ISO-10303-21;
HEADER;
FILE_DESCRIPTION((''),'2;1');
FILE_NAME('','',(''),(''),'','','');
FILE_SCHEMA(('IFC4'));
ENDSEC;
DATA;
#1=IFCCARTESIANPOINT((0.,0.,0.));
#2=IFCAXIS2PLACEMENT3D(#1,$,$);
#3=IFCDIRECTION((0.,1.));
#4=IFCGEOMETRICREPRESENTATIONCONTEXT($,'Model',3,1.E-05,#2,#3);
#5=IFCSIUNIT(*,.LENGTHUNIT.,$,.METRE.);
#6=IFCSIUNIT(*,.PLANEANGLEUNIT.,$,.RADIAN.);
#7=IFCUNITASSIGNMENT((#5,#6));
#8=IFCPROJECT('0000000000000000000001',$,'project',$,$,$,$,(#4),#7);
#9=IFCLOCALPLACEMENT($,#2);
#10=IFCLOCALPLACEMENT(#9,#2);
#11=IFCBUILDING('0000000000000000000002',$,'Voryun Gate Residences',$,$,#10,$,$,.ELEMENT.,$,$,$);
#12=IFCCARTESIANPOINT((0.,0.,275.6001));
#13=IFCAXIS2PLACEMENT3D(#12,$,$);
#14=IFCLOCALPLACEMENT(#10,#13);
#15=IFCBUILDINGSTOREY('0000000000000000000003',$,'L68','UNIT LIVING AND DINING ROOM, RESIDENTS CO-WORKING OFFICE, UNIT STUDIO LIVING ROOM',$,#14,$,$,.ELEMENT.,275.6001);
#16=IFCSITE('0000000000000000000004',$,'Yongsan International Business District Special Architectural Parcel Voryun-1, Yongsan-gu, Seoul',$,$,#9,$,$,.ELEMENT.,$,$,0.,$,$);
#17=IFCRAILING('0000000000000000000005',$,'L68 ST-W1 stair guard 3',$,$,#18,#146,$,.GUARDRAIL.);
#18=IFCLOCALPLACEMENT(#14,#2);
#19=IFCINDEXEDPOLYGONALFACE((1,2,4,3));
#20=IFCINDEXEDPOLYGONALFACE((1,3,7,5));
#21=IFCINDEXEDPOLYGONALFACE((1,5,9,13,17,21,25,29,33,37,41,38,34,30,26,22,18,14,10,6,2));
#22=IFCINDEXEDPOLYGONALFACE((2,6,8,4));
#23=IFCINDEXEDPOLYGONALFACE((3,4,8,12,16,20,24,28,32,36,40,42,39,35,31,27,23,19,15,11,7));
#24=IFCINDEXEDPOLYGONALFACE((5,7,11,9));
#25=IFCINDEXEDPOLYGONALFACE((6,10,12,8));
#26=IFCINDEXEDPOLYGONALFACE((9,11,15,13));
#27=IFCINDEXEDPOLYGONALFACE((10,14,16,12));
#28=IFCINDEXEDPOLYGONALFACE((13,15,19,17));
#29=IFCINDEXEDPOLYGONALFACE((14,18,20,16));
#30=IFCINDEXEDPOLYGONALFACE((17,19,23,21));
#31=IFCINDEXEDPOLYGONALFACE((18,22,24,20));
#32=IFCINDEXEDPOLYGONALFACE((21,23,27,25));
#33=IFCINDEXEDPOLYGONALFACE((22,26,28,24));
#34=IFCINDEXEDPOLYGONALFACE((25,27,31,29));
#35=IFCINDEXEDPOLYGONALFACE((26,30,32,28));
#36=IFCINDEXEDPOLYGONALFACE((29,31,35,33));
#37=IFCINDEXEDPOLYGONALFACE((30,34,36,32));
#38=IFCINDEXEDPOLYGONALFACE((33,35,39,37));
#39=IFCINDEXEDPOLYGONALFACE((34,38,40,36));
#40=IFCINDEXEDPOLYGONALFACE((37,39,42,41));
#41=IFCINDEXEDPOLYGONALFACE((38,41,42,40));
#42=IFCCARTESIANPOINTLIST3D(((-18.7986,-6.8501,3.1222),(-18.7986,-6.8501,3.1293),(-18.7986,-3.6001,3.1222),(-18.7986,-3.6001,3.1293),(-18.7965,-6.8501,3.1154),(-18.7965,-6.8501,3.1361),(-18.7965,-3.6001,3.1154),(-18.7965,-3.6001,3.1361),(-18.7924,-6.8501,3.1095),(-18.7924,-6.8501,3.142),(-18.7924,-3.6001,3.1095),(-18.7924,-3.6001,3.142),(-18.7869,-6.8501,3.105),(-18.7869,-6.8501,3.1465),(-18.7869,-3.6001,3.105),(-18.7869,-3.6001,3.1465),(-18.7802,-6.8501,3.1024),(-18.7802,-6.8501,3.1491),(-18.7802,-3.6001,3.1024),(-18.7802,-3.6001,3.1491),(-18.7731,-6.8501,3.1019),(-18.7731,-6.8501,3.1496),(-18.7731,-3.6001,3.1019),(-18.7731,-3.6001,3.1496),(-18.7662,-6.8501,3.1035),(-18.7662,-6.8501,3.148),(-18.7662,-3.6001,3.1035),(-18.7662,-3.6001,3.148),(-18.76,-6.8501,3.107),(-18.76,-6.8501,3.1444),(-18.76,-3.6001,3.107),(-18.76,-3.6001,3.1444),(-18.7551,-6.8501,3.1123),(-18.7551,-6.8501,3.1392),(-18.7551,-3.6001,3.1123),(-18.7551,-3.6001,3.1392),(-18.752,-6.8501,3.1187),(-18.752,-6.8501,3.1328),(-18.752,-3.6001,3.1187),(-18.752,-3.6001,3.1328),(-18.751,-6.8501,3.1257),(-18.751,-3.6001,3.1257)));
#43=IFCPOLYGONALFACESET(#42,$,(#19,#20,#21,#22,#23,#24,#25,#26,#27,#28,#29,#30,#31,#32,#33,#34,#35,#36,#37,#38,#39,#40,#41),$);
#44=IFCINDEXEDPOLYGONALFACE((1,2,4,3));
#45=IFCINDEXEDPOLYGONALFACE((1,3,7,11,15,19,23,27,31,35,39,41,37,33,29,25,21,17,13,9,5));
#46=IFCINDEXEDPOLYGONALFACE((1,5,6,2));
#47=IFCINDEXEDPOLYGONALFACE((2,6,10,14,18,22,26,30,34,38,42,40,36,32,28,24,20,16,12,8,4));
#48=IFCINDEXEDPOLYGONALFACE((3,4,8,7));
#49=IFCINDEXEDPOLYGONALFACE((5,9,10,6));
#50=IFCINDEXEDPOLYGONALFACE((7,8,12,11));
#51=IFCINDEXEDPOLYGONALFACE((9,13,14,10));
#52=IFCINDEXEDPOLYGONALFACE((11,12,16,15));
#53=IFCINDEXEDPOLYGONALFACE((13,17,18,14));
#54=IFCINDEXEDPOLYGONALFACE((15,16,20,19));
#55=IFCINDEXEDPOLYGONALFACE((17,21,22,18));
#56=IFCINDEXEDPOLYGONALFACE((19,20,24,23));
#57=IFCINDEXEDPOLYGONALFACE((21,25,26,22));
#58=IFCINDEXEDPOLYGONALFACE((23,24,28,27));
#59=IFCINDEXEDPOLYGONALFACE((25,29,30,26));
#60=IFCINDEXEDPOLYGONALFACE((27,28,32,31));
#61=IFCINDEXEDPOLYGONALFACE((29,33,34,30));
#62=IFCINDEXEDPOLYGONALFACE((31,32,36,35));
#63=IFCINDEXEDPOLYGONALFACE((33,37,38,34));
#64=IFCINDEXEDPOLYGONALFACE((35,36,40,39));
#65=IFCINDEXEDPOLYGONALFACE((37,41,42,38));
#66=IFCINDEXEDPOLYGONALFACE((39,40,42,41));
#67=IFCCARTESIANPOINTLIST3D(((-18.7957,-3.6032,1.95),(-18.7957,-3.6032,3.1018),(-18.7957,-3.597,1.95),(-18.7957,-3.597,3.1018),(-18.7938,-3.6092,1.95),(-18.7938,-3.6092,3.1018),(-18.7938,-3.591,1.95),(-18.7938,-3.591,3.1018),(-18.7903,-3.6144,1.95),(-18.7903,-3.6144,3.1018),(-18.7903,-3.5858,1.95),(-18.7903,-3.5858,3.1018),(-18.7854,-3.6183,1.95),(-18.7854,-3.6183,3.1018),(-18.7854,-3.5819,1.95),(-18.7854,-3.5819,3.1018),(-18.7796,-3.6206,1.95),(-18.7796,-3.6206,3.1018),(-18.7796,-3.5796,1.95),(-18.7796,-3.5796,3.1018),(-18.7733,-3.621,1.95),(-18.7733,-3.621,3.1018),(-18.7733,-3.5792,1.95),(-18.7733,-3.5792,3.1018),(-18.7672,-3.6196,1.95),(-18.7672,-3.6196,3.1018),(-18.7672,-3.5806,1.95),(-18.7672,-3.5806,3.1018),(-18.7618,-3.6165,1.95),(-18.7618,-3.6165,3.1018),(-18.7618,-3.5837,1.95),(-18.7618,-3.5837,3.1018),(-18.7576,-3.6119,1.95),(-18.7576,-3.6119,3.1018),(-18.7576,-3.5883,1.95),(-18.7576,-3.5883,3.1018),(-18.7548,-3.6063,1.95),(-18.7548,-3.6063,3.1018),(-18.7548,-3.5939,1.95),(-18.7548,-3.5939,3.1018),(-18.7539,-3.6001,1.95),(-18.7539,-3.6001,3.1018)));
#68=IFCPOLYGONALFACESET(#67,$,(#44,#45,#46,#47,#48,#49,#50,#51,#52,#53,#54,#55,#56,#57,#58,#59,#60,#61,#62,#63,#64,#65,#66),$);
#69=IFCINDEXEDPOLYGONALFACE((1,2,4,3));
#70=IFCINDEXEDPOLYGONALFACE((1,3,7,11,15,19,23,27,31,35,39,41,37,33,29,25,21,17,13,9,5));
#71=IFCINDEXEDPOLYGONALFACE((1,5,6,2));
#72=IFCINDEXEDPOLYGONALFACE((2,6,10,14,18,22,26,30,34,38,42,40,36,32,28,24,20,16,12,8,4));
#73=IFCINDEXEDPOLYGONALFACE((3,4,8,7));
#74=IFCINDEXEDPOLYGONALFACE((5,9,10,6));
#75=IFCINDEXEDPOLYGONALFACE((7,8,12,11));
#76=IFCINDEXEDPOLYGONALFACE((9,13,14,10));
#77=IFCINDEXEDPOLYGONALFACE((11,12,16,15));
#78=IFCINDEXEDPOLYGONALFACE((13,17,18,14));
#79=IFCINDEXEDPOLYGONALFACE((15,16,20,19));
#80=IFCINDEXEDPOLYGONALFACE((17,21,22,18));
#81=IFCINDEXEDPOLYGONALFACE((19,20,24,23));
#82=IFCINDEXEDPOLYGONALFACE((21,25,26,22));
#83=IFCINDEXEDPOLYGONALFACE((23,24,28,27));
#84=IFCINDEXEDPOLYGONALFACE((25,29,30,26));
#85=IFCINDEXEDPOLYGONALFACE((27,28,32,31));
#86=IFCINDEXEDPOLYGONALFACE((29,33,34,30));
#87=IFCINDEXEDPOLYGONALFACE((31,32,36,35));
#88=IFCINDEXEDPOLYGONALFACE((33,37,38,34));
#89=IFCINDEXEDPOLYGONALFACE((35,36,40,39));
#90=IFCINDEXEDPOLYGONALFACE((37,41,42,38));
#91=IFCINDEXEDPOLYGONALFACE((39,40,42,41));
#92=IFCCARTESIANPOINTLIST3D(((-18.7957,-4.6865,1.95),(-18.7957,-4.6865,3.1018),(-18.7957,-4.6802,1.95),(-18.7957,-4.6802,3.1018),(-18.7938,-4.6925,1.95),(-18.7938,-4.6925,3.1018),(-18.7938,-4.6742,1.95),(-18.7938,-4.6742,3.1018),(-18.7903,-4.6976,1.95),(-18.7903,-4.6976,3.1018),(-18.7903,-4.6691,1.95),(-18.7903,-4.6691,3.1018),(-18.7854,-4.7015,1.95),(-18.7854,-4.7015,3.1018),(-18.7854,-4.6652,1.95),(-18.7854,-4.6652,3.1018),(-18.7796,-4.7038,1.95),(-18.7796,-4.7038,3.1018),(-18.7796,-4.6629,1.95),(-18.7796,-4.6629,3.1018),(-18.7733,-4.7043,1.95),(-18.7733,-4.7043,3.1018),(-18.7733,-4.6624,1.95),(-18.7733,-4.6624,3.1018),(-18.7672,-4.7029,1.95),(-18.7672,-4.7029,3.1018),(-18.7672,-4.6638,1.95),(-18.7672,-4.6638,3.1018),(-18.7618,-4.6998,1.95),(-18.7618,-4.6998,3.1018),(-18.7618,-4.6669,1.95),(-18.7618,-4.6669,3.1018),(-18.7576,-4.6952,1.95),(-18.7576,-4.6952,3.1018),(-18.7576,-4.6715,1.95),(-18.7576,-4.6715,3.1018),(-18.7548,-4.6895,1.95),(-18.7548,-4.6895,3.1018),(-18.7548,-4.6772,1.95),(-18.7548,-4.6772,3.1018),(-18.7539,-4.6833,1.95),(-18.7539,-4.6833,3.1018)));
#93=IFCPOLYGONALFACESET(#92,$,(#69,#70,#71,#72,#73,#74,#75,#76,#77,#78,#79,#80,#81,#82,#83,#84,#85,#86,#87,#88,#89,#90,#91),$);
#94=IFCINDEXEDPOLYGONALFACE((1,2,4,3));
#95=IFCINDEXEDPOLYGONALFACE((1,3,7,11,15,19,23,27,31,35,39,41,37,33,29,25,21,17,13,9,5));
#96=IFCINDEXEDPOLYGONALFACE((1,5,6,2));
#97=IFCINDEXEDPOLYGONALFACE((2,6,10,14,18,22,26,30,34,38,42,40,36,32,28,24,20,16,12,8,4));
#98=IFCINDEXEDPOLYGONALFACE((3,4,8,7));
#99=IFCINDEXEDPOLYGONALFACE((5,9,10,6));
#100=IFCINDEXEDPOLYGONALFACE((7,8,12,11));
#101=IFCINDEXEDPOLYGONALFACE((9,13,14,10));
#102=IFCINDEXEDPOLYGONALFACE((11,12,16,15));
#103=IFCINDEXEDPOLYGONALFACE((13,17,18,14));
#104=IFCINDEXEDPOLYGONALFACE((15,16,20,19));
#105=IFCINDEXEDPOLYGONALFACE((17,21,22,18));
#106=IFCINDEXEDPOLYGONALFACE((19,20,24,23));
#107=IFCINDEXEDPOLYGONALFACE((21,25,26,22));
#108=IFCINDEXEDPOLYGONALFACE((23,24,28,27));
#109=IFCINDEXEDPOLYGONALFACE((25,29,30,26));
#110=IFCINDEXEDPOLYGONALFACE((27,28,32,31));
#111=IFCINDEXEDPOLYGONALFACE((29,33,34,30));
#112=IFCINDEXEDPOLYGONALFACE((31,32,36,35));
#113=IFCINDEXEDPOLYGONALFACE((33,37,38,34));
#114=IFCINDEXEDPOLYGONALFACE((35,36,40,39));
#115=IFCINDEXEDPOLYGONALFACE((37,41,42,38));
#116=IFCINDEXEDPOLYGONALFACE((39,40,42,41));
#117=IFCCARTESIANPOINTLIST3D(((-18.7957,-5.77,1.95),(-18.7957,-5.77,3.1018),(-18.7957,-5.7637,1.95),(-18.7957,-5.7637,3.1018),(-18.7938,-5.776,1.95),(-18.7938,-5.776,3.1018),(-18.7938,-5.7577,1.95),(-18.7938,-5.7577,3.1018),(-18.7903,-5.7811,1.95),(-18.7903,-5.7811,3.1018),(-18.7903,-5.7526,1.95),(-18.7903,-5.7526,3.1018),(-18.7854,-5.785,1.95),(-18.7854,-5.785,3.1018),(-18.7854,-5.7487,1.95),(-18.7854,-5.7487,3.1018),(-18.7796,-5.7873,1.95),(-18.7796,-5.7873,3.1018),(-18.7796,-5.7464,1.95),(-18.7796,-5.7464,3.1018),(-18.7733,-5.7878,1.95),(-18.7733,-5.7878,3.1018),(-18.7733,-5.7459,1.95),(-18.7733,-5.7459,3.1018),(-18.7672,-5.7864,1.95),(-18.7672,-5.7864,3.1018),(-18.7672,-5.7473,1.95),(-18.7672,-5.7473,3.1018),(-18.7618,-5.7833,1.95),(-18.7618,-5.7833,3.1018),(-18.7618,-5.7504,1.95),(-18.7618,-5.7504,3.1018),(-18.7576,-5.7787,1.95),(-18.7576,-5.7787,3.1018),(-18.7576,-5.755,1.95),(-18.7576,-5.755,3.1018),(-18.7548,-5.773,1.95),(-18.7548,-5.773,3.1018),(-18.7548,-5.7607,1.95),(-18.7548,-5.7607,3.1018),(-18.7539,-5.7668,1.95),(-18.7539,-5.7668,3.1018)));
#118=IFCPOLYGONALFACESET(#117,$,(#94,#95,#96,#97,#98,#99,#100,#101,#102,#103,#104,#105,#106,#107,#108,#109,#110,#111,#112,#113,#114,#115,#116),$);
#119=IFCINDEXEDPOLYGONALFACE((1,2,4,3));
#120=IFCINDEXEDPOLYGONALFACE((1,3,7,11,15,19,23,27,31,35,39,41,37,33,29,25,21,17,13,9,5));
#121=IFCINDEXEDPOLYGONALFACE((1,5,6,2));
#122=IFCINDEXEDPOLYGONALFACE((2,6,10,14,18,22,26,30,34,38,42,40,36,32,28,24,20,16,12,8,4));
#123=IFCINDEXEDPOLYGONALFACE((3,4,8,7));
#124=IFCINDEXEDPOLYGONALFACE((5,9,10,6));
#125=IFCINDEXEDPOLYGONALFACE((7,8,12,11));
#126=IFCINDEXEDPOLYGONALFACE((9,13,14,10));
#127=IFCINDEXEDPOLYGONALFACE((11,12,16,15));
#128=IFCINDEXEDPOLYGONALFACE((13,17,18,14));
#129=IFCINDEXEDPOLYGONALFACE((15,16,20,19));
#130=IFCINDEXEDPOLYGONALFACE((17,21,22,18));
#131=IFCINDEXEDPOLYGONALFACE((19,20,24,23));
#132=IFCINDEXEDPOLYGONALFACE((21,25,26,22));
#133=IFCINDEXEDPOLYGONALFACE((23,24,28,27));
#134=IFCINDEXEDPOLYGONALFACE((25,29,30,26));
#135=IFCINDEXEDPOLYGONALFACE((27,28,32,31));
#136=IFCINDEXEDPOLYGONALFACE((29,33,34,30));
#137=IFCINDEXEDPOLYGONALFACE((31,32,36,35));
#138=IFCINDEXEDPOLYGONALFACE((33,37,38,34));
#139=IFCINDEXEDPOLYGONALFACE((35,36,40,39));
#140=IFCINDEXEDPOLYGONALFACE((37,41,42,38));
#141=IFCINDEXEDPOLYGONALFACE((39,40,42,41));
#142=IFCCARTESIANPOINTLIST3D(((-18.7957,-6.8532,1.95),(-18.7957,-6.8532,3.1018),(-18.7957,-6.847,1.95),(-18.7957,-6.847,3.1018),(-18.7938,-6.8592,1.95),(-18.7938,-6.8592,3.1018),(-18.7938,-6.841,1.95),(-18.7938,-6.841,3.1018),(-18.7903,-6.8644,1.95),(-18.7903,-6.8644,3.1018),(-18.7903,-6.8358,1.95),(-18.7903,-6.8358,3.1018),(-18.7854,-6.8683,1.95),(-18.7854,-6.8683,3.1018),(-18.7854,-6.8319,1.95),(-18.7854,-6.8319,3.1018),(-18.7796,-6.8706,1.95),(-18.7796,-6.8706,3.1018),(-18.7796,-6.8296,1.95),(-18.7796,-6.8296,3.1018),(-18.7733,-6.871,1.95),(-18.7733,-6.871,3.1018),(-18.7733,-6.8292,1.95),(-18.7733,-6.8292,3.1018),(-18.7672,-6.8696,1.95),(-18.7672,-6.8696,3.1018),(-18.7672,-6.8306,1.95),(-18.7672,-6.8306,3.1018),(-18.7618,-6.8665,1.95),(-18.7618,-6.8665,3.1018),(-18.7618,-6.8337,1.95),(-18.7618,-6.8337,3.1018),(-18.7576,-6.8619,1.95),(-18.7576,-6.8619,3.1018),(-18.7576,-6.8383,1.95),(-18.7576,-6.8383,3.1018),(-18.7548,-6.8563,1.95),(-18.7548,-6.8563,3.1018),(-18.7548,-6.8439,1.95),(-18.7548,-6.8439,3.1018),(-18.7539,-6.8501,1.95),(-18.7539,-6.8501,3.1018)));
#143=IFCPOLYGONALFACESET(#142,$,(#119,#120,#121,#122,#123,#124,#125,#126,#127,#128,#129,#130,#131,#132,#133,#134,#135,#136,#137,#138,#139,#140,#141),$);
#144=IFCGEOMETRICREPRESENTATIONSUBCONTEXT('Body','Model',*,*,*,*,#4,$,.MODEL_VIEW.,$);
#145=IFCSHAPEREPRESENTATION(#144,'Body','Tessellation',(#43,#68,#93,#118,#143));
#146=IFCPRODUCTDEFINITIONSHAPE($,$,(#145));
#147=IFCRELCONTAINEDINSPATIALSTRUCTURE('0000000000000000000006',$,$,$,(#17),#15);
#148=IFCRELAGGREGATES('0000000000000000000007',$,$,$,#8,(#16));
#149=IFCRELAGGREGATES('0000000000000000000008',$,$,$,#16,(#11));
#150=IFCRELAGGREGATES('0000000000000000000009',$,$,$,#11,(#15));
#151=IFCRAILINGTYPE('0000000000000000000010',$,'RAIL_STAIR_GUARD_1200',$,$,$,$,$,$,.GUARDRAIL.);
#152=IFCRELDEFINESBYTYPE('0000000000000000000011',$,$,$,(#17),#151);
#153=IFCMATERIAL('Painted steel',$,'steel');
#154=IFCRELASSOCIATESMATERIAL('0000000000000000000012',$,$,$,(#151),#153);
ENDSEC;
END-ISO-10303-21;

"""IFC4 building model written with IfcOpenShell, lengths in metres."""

from ifc_helpers import new_model, si_unit, direction, frame, origin, origin_2d, place, context, subcontext, project, spatial, circle, extrude, material, type_object, element, save


model = new_model("IFC4")

# Units and contexts
model_context = context("Model", 3, precision=1e-05, world=origin(), true_north=direction((0.0, 1.0)))
body_context = subcontext(model_context, "Body", "Model", "MODEL_VIEW")
ifc_project = project(units=[si_unit("LENGTHUNIT", "METRE"), si_unit("PLANEANGLEUNIT", "RADIAN")], contexts=[model_context])

# Site, building, storey
site_placement = place(None, origin())
site = spatial("IfcSite", under=ifc_project, at=site_placement, Name="Yongsan International Business District Special Architectural Parcel Voryun-1, Yongsan-gu, Seoul", CompositionType="ELEMENT", RefElevation=0.0)
building_placement = place(site_placement, origin())
building = spatial("IfcBuilding", under=site, at=building_placement, Name="Voryun Gate Residences", CompositionType="ELEMENT")
storey_placement = place(building_placement, frame((0.0, 0.0, 275.6001)))
storey = spatial("IfcBuildingStorey", under=building, at=storey_placement, Name="L68", Description="UNIT LIVING AND DINING ROOM, RESIDENTS CO-WORKING OFFICE, UNIT STUDIO LIVING ROOM", CompositionType="ELEMENT", Elevation=275.6001)

# Railing
ifc_material_1 = material(Name="Painted steel", Category="steel")
railing_type_1 = type_object("IfcRailingType", Name="RAIL_STAIR_GUARD_1200", PredefinedType="GUARDRAIL", material=ifc_material_1)
railing_1_placement = place(storey_placement, frame((-18.7749, -3.6001, 1.95)))
element("IfcRailing", 1, at=railing_1_placement, inside=storey, type_object=railing_type_1, Name="L68 ST-W1 stair guard 3", PredefinedType="GUARDRAIL", context=body_context, shape_type="SweptSolid", body=[
    extrude(circle(Radius=0.0239, at=origin_2d()), frame((0.0, 0.0, 1.1758), z_axis=(0.0, -1.0, 0.0), x_axis=(1.0, 0.0, 0.0)), (0.0, 0.0, 1.0), 3.25),
    extrude(circle(Radius=0.021, at=origin_2d()), origin(), (0.0, 0.0, 1.0), 1.1519),
    extrude(circle(Radius=0.021, at=origin_2d()), frame((0.0, -1.0833, 0.0)), (0.0, 0.0, 1.0), 1.1519),
    extrude(circle(Radius=0.021, at=origin_2d()), frame((0.0, -2.1667, 0.0)), (0.0, 0.0, 1.0), 1.1519),
    extrude(circle(Radius=0.021, at=origin_2d()), frame((0.0, -3.25, 0.0)), (0.0, 0.0, 1.0), 1.1519),
])

save(model, "model.ifc")
